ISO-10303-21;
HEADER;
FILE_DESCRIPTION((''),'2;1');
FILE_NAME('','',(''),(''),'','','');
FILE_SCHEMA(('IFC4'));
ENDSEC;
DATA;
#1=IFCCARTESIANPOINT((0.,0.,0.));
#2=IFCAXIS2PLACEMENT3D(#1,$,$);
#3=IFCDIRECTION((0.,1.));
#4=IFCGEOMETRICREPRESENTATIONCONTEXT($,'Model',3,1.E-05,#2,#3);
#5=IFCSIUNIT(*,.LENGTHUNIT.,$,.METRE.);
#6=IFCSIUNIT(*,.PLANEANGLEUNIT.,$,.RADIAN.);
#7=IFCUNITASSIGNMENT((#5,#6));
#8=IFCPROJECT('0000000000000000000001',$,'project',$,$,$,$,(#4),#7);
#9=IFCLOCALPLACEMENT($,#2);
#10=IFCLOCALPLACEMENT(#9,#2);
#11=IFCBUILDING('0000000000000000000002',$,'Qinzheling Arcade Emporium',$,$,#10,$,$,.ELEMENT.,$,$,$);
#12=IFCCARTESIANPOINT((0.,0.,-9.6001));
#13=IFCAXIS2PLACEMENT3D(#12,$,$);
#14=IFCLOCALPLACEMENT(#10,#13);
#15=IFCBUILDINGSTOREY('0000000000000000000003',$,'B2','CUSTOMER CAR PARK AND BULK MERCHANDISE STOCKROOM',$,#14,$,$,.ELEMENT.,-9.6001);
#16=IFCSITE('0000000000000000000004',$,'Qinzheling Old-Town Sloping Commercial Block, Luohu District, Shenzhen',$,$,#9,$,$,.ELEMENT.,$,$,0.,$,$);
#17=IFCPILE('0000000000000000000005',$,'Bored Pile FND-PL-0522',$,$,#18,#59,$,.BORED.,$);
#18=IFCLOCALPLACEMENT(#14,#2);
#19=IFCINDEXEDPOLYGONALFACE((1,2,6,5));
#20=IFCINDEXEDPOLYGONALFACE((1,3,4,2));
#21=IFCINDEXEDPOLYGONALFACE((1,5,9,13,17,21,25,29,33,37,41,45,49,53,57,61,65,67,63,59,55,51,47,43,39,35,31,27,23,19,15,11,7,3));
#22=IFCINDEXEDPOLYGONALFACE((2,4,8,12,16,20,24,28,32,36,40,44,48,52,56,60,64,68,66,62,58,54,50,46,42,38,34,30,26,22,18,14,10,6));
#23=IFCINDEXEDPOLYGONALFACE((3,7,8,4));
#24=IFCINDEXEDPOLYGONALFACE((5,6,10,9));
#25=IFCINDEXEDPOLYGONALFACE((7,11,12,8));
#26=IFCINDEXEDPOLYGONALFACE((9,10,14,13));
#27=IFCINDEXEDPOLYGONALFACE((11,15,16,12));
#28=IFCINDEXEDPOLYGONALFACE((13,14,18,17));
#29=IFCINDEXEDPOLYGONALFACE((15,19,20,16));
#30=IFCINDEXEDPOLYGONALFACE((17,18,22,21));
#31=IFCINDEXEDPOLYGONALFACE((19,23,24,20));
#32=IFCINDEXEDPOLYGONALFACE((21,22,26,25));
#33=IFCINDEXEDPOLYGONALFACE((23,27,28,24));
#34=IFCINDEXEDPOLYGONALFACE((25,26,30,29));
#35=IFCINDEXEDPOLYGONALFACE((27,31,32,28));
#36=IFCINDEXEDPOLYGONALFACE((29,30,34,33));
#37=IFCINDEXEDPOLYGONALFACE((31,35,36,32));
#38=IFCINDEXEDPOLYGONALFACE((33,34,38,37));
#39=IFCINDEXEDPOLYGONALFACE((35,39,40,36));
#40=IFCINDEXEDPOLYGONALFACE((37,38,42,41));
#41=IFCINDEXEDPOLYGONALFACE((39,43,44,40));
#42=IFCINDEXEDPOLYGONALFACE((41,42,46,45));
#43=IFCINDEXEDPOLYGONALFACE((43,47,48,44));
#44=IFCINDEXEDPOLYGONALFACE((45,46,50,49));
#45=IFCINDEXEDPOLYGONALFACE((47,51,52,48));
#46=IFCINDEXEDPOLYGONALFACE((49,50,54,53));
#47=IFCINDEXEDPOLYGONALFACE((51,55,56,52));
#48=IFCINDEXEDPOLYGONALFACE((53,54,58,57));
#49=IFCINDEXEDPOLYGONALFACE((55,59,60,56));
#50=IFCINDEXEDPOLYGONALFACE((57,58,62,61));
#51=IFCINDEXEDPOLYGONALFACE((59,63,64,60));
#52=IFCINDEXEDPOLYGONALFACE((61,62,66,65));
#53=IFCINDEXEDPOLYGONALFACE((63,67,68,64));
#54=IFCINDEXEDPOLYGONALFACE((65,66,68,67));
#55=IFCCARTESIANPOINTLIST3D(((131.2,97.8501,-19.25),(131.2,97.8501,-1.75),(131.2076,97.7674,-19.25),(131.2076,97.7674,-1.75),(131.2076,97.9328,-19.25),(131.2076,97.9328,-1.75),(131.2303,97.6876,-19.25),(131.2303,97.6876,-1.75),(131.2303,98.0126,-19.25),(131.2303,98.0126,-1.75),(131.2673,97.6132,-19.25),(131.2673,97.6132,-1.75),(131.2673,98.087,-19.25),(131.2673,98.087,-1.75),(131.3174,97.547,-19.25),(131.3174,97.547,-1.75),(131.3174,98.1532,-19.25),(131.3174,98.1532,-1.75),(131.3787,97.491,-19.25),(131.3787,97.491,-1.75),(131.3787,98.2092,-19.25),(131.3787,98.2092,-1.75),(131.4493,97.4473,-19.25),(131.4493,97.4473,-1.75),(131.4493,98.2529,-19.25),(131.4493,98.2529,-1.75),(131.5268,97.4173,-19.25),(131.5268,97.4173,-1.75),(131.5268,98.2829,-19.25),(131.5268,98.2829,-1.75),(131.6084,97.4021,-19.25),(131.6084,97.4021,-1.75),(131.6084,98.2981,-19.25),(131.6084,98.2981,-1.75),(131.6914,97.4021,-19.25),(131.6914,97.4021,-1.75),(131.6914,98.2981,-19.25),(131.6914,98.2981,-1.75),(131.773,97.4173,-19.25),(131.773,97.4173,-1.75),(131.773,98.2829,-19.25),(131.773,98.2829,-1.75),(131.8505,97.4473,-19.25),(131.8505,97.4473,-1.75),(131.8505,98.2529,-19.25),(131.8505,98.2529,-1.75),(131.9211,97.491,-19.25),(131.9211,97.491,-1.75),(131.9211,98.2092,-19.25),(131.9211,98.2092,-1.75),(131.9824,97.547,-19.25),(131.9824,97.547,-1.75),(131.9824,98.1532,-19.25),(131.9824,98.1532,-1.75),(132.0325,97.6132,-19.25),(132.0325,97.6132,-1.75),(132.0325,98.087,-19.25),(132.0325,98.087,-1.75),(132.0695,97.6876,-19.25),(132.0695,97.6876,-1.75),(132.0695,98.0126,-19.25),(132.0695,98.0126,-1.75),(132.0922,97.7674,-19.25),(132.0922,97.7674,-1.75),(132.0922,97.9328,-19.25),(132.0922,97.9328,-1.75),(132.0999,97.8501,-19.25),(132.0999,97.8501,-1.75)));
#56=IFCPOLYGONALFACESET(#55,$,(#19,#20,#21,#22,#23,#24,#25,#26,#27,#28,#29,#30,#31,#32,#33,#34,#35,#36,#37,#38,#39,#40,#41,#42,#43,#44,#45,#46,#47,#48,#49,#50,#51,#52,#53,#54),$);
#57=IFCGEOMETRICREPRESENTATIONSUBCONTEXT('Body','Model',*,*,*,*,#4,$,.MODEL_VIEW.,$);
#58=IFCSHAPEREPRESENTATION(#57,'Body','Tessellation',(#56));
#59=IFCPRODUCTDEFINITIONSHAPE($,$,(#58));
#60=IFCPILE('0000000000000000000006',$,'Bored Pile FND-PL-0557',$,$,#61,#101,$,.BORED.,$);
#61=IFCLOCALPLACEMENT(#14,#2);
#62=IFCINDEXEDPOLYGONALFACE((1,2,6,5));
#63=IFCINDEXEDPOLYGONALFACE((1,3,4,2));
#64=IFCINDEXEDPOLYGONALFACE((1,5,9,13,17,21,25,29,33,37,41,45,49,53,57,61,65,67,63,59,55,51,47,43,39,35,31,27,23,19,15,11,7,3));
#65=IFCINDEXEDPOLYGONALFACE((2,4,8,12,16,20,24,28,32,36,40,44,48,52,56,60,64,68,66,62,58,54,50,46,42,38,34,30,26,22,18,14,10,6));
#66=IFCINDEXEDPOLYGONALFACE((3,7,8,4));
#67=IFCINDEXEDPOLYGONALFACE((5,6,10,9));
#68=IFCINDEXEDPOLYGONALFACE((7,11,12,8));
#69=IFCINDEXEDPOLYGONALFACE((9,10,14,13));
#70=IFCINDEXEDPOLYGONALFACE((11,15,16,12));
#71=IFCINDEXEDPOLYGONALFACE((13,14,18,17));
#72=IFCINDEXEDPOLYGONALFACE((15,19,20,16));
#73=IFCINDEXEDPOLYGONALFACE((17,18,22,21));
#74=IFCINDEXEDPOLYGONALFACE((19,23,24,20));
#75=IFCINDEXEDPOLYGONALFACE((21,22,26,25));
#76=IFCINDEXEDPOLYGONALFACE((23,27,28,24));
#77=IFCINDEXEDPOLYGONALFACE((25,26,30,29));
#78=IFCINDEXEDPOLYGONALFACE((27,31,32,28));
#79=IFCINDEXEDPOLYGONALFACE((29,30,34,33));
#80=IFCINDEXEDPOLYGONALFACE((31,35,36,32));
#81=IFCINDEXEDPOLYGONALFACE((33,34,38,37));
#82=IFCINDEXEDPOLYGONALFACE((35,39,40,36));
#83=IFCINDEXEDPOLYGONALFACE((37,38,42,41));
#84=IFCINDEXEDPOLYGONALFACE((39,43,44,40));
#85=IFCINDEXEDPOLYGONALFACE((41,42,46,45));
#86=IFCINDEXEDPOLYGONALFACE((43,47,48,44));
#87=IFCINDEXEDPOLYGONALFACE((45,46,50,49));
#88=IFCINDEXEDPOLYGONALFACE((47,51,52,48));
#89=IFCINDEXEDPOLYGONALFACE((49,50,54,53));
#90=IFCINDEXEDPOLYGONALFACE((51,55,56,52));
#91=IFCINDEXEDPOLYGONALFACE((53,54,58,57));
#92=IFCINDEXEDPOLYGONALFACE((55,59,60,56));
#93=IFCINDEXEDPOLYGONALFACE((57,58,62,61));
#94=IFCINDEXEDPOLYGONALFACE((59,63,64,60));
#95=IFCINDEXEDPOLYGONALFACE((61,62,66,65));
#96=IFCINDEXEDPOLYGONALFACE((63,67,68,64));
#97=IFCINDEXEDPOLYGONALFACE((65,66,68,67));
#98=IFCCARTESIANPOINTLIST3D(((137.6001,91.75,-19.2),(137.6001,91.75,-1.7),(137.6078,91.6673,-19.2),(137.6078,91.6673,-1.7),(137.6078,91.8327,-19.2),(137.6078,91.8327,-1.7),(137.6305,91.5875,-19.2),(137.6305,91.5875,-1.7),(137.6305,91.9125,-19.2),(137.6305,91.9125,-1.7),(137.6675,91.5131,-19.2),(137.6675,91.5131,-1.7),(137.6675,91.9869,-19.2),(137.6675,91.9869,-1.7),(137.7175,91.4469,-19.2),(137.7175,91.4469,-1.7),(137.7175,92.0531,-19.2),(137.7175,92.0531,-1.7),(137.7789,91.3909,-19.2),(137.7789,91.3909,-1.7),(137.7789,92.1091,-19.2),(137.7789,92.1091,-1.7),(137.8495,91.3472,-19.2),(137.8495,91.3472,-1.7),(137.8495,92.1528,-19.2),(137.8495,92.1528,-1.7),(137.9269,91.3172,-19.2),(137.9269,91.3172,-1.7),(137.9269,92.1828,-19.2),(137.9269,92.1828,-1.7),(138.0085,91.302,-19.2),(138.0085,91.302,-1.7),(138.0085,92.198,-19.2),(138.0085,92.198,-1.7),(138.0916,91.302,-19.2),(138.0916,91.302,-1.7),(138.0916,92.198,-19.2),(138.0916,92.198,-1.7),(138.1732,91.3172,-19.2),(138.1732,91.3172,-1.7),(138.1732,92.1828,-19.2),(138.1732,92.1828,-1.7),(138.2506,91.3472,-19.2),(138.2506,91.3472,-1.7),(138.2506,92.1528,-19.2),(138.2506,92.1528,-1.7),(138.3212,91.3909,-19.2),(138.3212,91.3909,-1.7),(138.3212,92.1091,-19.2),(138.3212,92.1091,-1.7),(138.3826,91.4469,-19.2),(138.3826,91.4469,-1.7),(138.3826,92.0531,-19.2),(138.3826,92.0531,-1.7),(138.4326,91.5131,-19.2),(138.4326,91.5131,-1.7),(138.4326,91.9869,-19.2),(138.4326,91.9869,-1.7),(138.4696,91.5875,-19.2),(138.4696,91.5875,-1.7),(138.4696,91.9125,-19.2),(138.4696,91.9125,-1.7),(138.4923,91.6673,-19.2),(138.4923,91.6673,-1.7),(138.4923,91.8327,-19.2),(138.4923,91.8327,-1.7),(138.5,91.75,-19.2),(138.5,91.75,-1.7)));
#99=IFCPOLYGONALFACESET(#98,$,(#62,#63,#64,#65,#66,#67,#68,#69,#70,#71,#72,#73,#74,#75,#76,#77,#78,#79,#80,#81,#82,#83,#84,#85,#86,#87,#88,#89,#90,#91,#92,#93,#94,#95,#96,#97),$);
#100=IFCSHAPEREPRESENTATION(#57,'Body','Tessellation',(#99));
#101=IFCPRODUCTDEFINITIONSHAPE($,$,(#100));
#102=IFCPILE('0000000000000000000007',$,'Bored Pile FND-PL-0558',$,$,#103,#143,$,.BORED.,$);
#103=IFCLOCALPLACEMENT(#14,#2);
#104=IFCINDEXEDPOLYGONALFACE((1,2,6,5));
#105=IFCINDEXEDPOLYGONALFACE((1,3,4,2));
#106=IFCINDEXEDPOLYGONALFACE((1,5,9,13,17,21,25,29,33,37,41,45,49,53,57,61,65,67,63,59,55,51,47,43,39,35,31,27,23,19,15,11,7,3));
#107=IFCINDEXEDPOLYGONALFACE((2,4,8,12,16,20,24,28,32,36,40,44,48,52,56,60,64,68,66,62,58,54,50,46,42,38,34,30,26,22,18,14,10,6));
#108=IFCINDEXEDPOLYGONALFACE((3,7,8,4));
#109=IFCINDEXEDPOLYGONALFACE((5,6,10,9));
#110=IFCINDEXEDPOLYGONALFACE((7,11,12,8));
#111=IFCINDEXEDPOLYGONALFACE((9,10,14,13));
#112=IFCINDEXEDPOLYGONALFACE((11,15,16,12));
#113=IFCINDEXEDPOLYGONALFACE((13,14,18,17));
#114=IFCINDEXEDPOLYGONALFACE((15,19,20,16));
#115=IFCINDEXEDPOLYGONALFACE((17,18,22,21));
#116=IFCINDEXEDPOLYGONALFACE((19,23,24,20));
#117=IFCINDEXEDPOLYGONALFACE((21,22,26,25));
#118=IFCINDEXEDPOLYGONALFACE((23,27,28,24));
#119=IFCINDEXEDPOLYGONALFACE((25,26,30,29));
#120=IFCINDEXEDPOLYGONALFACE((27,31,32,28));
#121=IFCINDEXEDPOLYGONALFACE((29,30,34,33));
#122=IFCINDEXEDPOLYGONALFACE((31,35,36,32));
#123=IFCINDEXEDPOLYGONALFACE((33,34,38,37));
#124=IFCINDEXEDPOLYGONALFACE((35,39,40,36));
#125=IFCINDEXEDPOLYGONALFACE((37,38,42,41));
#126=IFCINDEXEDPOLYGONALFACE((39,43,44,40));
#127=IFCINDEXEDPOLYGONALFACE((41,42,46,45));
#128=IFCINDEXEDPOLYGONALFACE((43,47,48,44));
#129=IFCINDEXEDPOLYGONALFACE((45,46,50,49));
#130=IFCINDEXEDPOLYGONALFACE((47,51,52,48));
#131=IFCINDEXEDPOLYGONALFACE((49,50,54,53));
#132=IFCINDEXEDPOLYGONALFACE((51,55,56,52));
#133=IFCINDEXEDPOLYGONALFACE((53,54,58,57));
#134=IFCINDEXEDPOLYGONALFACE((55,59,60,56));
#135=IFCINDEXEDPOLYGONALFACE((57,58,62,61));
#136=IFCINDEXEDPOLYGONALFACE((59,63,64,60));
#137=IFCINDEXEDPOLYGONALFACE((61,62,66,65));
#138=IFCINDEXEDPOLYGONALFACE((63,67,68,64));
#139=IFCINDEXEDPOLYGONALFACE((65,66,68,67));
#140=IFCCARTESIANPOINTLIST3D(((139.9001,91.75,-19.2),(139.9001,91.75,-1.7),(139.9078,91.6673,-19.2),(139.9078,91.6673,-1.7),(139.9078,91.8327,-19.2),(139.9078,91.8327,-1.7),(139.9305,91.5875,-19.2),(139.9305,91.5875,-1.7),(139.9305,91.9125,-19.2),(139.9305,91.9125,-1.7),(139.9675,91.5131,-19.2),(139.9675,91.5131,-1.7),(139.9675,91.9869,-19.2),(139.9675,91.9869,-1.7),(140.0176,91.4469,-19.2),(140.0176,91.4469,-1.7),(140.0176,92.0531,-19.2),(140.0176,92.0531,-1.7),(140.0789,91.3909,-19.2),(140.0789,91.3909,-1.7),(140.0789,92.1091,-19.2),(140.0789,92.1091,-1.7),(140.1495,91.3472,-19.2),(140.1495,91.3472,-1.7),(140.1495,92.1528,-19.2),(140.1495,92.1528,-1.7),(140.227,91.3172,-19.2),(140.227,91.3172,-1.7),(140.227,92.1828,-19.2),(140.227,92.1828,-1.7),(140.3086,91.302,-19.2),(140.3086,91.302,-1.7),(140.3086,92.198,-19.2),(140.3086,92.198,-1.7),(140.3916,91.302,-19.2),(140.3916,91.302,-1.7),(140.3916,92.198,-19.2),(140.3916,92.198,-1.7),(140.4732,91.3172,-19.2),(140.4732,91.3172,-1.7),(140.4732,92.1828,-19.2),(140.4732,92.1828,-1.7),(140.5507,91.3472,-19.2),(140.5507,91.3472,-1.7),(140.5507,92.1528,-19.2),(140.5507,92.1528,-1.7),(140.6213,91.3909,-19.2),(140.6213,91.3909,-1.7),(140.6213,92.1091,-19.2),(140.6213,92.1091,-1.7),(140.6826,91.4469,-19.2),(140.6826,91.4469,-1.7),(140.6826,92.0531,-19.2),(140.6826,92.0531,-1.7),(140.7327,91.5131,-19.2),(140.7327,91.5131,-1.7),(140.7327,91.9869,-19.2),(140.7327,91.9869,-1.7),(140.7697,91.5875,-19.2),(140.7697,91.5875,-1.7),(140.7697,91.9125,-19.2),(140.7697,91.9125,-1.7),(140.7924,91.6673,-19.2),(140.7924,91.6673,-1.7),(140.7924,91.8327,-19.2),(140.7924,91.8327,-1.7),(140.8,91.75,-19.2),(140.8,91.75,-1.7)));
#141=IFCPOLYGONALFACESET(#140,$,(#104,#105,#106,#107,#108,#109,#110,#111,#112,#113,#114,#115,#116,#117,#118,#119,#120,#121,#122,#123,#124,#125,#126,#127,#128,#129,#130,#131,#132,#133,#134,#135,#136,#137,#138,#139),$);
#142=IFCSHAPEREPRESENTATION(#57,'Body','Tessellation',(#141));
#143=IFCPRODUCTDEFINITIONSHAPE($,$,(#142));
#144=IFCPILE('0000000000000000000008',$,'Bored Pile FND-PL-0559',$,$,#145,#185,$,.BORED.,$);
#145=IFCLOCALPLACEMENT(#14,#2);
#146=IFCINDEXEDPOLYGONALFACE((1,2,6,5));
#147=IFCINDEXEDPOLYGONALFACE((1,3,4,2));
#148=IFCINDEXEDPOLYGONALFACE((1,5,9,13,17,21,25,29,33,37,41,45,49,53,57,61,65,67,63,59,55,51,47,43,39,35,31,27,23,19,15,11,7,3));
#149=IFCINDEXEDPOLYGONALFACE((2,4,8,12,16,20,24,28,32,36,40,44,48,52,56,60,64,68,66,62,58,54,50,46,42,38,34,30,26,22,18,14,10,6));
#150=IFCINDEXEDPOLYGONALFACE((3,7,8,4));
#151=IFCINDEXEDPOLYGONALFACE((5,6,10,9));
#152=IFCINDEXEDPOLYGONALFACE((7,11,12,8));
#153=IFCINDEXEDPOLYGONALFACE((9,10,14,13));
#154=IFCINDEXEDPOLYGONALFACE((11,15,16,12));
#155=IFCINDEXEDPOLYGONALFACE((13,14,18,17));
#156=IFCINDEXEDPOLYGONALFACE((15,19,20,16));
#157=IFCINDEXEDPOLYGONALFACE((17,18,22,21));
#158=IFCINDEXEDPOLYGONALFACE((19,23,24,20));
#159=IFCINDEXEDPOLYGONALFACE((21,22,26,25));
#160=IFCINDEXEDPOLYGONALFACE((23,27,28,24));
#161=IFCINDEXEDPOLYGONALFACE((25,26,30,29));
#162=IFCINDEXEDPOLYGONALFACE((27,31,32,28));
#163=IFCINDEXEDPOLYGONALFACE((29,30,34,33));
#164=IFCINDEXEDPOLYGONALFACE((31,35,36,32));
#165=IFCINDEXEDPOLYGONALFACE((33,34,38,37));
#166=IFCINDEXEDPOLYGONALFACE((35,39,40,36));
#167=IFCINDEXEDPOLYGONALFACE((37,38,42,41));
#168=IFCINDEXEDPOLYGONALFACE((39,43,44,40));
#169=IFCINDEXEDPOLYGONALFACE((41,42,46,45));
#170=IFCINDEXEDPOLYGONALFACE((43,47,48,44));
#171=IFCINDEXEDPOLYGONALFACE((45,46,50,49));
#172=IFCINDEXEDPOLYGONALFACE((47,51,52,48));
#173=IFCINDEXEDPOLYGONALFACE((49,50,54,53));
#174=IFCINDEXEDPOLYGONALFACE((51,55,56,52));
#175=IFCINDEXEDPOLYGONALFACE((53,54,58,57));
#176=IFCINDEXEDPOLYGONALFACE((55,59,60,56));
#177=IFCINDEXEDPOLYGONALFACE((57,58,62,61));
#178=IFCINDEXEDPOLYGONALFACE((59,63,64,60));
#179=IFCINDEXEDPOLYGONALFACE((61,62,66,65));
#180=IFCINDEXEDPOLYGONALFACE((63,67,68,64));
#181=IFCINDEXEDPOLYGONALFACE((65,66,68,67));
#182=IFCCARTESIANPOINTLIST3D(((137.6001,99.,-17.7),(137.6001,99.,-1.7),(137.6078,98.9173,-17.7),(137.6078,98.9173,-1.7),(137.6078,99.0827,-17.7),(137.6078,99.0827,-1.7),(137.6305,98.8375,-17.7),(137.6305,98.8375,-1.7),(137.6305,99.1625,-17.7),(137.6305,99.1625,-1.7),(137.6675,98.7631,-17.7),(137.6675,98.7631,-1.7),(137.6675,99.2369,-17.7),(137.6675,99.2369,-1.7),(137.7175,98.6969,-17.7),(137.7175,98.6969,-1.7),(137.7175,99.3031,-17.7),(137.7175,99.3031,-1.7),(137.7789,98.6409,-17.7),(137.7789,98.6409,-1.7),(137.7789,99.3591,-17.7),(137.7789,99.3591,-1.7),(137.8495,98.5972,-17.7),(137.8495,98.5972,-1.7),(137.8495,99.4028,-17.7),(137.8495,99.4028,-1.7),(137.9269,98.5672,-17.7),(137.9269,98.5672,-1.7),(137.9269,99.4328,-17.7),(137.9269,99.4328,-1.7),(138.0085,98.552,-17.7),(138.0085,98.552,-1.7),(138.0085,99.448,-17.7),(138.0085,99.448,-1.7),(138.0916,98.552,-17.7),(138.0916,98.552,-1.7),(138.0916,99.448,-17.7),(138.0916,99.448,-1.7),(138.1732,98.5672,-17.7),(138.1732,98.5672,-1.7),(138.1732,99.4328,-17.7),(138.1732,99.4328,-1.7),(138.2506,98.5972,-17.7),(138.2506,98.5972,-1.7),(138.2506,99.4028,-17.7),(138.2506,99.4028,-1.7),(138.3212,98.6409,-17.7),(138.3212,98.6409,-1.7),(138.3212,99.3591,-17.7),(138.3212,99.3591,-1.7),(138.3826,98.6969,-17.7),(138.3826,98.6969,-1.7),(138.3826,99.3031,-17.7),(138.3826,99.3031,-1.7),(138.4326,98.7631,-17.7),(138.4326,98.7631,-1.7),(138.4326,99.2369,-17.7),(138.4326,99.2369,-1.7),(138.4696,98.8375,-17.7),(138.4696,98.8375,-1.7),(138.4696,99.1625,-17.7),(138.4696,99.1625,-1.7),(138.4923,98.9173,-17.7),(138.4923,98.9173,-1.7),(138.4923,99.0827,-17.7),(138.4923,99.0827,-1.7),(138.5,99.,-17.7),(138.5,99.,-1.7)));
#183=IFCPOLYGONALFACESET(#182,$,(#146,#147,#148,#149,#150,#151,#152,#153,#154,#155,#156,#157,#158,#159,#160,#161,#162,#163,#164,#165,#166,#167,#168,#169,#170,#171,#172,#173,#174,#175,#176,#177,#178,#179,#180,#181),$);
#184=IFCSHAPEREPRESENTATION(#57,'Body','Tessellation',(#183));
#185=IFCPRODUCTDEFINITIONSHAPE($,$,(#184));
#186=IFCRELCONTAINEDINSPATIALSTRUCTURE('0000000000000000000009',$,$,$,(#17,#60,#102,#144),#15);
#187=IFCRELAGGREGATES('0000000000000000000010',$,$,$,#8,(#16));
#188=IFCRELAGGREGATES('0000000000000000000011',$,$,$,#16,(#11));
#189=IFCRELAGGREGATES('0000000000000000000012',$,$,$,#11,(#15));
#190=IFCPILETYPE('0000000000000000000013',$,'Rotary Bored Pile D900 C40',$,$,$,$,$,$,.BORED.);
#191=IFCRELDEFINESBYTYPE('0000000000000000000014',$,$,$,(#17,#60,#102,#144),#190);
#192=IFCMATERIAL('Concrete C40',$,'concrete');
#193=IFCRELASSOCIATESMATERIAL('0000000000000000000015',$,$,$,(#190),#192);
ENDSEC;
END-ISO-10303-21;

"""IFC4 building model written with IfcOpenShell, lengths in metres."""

from ifc_helpers import new_model, si_unit, direction, frame, origin, origin_2d, place, context, subcontext, project, spatial, circle, extrude, material, material_profile, profile_set, type_object, element, save


model = new_model("IFC4")

# Units and contexts
model_context = context("Model", 3, precision=1e-05, world=origin(), true_north=direction((0.0, 1.0)))
body_context = subcontext(model_context, "Body", "Model", "MODEL_VIEW")
ifc_project = project(units=[si_unit("LENGTHUNIT", "METRE"), si_unit("PLANEANGLEUNIT", "RADIAN")], contexts=[model_context])

# Site, building, storey
site_placement = place(None, origin())
site = spatial("IfcSite", under=ifc_project, at=site_placement, Name="Qinzheling Old-Town Sloping Commercial Block, Luohu District, Shenzhen", CompositionType="ELEMENT", RefElevation=0.0)
building_placement = place(site_placement, origin())
building = spatial("IfcBuilding", under=site, at=building_placement, Name="Qinzheling Arcade Emporium", CompositionType="ELEMENT")
storey_placement = place(building_placement, frame((0.0, 0.0, -9.6001)))
storey = spatial("IfcBuildingStorey", under=building, at=storey_placement, Name="B2", Description="CUSTOMER CAR PARK AND BULK MERCHANDISE STOCKROOM", CompositionType="ELEMENT", Elevation=-9.6001)

# Shared definitions
ifc_material_1 = material(Name="Concrete C40", Category="concrete")

# Piles
ifc_material_profile_1 = material_profile(ifc_material_1, circle(Radius=0.45, at=origin_2d()), Name="BORED D900", Category="concrete")
ifc_profile_set_1 = profile_set([ifc_material_profile_1], Name="Concrete C40")
pile_type_1 = type_object("IfcPileType", Name="Rotary Bored Pile D900 C40", PredefinedType="BORED", material=ifc_profile_set_1)
for number, where, z_axis, x_axis, name in (
    (1, (131.6499, 97.8501, -1.75), (0.0, 0.0, -1.0), (1.0, 0.0, 0.0), "Bored Pile FND-PL-0522"),
    (2, (138.05, 91.75, -1.7), (0.0, 0.0, -1.0), (1.0, 0.0, 0.0), "Bored Pile FND-PL-0557"),
    (3, (140.3501, 91.75, -1.7), (0.0, 0.0, -1.0), (1.0, 0.0, 0.0), "Bored Pile FND-PL-0558"),
):
    element("IfcPile", number, at=place(storey_placement, frame(where, z_axis=z_axis, x_axis=x_axis)), inside=storey, type_object=pile_type_1, Name=name, PredefinedType="BORED", context=body_context, shape_type="SweptSolid", body=[
        extrude(circle(Radius=0.45, at=origin_2d()), origin(), (0.0, 0.0, 1.0), 17.5),
    ])
for number, where, z_axis, x_axis, name in (
    (4, (138.05, 99.0, -1.7), (0.0, 0.0, -1.0), (1.0, 0.0, 0.0), "Bored Pile FND-PL-0559"),
):
    element("IfcPile", number, at=place(storey_placement, frame(where, z_axis=z_axis, x_axis=x_axis)), inside=storey, type_object=pile_type_1, Name=name, PredefinedType="BORED", context=body_context, shape_type="SweptSolid", body=[
        extrude(circle(Radius=0.45, at=origin_2d()), origin(), (0.0, 0.0, 1.0), 16.0),
    ])

save(model, "model.ifc")
